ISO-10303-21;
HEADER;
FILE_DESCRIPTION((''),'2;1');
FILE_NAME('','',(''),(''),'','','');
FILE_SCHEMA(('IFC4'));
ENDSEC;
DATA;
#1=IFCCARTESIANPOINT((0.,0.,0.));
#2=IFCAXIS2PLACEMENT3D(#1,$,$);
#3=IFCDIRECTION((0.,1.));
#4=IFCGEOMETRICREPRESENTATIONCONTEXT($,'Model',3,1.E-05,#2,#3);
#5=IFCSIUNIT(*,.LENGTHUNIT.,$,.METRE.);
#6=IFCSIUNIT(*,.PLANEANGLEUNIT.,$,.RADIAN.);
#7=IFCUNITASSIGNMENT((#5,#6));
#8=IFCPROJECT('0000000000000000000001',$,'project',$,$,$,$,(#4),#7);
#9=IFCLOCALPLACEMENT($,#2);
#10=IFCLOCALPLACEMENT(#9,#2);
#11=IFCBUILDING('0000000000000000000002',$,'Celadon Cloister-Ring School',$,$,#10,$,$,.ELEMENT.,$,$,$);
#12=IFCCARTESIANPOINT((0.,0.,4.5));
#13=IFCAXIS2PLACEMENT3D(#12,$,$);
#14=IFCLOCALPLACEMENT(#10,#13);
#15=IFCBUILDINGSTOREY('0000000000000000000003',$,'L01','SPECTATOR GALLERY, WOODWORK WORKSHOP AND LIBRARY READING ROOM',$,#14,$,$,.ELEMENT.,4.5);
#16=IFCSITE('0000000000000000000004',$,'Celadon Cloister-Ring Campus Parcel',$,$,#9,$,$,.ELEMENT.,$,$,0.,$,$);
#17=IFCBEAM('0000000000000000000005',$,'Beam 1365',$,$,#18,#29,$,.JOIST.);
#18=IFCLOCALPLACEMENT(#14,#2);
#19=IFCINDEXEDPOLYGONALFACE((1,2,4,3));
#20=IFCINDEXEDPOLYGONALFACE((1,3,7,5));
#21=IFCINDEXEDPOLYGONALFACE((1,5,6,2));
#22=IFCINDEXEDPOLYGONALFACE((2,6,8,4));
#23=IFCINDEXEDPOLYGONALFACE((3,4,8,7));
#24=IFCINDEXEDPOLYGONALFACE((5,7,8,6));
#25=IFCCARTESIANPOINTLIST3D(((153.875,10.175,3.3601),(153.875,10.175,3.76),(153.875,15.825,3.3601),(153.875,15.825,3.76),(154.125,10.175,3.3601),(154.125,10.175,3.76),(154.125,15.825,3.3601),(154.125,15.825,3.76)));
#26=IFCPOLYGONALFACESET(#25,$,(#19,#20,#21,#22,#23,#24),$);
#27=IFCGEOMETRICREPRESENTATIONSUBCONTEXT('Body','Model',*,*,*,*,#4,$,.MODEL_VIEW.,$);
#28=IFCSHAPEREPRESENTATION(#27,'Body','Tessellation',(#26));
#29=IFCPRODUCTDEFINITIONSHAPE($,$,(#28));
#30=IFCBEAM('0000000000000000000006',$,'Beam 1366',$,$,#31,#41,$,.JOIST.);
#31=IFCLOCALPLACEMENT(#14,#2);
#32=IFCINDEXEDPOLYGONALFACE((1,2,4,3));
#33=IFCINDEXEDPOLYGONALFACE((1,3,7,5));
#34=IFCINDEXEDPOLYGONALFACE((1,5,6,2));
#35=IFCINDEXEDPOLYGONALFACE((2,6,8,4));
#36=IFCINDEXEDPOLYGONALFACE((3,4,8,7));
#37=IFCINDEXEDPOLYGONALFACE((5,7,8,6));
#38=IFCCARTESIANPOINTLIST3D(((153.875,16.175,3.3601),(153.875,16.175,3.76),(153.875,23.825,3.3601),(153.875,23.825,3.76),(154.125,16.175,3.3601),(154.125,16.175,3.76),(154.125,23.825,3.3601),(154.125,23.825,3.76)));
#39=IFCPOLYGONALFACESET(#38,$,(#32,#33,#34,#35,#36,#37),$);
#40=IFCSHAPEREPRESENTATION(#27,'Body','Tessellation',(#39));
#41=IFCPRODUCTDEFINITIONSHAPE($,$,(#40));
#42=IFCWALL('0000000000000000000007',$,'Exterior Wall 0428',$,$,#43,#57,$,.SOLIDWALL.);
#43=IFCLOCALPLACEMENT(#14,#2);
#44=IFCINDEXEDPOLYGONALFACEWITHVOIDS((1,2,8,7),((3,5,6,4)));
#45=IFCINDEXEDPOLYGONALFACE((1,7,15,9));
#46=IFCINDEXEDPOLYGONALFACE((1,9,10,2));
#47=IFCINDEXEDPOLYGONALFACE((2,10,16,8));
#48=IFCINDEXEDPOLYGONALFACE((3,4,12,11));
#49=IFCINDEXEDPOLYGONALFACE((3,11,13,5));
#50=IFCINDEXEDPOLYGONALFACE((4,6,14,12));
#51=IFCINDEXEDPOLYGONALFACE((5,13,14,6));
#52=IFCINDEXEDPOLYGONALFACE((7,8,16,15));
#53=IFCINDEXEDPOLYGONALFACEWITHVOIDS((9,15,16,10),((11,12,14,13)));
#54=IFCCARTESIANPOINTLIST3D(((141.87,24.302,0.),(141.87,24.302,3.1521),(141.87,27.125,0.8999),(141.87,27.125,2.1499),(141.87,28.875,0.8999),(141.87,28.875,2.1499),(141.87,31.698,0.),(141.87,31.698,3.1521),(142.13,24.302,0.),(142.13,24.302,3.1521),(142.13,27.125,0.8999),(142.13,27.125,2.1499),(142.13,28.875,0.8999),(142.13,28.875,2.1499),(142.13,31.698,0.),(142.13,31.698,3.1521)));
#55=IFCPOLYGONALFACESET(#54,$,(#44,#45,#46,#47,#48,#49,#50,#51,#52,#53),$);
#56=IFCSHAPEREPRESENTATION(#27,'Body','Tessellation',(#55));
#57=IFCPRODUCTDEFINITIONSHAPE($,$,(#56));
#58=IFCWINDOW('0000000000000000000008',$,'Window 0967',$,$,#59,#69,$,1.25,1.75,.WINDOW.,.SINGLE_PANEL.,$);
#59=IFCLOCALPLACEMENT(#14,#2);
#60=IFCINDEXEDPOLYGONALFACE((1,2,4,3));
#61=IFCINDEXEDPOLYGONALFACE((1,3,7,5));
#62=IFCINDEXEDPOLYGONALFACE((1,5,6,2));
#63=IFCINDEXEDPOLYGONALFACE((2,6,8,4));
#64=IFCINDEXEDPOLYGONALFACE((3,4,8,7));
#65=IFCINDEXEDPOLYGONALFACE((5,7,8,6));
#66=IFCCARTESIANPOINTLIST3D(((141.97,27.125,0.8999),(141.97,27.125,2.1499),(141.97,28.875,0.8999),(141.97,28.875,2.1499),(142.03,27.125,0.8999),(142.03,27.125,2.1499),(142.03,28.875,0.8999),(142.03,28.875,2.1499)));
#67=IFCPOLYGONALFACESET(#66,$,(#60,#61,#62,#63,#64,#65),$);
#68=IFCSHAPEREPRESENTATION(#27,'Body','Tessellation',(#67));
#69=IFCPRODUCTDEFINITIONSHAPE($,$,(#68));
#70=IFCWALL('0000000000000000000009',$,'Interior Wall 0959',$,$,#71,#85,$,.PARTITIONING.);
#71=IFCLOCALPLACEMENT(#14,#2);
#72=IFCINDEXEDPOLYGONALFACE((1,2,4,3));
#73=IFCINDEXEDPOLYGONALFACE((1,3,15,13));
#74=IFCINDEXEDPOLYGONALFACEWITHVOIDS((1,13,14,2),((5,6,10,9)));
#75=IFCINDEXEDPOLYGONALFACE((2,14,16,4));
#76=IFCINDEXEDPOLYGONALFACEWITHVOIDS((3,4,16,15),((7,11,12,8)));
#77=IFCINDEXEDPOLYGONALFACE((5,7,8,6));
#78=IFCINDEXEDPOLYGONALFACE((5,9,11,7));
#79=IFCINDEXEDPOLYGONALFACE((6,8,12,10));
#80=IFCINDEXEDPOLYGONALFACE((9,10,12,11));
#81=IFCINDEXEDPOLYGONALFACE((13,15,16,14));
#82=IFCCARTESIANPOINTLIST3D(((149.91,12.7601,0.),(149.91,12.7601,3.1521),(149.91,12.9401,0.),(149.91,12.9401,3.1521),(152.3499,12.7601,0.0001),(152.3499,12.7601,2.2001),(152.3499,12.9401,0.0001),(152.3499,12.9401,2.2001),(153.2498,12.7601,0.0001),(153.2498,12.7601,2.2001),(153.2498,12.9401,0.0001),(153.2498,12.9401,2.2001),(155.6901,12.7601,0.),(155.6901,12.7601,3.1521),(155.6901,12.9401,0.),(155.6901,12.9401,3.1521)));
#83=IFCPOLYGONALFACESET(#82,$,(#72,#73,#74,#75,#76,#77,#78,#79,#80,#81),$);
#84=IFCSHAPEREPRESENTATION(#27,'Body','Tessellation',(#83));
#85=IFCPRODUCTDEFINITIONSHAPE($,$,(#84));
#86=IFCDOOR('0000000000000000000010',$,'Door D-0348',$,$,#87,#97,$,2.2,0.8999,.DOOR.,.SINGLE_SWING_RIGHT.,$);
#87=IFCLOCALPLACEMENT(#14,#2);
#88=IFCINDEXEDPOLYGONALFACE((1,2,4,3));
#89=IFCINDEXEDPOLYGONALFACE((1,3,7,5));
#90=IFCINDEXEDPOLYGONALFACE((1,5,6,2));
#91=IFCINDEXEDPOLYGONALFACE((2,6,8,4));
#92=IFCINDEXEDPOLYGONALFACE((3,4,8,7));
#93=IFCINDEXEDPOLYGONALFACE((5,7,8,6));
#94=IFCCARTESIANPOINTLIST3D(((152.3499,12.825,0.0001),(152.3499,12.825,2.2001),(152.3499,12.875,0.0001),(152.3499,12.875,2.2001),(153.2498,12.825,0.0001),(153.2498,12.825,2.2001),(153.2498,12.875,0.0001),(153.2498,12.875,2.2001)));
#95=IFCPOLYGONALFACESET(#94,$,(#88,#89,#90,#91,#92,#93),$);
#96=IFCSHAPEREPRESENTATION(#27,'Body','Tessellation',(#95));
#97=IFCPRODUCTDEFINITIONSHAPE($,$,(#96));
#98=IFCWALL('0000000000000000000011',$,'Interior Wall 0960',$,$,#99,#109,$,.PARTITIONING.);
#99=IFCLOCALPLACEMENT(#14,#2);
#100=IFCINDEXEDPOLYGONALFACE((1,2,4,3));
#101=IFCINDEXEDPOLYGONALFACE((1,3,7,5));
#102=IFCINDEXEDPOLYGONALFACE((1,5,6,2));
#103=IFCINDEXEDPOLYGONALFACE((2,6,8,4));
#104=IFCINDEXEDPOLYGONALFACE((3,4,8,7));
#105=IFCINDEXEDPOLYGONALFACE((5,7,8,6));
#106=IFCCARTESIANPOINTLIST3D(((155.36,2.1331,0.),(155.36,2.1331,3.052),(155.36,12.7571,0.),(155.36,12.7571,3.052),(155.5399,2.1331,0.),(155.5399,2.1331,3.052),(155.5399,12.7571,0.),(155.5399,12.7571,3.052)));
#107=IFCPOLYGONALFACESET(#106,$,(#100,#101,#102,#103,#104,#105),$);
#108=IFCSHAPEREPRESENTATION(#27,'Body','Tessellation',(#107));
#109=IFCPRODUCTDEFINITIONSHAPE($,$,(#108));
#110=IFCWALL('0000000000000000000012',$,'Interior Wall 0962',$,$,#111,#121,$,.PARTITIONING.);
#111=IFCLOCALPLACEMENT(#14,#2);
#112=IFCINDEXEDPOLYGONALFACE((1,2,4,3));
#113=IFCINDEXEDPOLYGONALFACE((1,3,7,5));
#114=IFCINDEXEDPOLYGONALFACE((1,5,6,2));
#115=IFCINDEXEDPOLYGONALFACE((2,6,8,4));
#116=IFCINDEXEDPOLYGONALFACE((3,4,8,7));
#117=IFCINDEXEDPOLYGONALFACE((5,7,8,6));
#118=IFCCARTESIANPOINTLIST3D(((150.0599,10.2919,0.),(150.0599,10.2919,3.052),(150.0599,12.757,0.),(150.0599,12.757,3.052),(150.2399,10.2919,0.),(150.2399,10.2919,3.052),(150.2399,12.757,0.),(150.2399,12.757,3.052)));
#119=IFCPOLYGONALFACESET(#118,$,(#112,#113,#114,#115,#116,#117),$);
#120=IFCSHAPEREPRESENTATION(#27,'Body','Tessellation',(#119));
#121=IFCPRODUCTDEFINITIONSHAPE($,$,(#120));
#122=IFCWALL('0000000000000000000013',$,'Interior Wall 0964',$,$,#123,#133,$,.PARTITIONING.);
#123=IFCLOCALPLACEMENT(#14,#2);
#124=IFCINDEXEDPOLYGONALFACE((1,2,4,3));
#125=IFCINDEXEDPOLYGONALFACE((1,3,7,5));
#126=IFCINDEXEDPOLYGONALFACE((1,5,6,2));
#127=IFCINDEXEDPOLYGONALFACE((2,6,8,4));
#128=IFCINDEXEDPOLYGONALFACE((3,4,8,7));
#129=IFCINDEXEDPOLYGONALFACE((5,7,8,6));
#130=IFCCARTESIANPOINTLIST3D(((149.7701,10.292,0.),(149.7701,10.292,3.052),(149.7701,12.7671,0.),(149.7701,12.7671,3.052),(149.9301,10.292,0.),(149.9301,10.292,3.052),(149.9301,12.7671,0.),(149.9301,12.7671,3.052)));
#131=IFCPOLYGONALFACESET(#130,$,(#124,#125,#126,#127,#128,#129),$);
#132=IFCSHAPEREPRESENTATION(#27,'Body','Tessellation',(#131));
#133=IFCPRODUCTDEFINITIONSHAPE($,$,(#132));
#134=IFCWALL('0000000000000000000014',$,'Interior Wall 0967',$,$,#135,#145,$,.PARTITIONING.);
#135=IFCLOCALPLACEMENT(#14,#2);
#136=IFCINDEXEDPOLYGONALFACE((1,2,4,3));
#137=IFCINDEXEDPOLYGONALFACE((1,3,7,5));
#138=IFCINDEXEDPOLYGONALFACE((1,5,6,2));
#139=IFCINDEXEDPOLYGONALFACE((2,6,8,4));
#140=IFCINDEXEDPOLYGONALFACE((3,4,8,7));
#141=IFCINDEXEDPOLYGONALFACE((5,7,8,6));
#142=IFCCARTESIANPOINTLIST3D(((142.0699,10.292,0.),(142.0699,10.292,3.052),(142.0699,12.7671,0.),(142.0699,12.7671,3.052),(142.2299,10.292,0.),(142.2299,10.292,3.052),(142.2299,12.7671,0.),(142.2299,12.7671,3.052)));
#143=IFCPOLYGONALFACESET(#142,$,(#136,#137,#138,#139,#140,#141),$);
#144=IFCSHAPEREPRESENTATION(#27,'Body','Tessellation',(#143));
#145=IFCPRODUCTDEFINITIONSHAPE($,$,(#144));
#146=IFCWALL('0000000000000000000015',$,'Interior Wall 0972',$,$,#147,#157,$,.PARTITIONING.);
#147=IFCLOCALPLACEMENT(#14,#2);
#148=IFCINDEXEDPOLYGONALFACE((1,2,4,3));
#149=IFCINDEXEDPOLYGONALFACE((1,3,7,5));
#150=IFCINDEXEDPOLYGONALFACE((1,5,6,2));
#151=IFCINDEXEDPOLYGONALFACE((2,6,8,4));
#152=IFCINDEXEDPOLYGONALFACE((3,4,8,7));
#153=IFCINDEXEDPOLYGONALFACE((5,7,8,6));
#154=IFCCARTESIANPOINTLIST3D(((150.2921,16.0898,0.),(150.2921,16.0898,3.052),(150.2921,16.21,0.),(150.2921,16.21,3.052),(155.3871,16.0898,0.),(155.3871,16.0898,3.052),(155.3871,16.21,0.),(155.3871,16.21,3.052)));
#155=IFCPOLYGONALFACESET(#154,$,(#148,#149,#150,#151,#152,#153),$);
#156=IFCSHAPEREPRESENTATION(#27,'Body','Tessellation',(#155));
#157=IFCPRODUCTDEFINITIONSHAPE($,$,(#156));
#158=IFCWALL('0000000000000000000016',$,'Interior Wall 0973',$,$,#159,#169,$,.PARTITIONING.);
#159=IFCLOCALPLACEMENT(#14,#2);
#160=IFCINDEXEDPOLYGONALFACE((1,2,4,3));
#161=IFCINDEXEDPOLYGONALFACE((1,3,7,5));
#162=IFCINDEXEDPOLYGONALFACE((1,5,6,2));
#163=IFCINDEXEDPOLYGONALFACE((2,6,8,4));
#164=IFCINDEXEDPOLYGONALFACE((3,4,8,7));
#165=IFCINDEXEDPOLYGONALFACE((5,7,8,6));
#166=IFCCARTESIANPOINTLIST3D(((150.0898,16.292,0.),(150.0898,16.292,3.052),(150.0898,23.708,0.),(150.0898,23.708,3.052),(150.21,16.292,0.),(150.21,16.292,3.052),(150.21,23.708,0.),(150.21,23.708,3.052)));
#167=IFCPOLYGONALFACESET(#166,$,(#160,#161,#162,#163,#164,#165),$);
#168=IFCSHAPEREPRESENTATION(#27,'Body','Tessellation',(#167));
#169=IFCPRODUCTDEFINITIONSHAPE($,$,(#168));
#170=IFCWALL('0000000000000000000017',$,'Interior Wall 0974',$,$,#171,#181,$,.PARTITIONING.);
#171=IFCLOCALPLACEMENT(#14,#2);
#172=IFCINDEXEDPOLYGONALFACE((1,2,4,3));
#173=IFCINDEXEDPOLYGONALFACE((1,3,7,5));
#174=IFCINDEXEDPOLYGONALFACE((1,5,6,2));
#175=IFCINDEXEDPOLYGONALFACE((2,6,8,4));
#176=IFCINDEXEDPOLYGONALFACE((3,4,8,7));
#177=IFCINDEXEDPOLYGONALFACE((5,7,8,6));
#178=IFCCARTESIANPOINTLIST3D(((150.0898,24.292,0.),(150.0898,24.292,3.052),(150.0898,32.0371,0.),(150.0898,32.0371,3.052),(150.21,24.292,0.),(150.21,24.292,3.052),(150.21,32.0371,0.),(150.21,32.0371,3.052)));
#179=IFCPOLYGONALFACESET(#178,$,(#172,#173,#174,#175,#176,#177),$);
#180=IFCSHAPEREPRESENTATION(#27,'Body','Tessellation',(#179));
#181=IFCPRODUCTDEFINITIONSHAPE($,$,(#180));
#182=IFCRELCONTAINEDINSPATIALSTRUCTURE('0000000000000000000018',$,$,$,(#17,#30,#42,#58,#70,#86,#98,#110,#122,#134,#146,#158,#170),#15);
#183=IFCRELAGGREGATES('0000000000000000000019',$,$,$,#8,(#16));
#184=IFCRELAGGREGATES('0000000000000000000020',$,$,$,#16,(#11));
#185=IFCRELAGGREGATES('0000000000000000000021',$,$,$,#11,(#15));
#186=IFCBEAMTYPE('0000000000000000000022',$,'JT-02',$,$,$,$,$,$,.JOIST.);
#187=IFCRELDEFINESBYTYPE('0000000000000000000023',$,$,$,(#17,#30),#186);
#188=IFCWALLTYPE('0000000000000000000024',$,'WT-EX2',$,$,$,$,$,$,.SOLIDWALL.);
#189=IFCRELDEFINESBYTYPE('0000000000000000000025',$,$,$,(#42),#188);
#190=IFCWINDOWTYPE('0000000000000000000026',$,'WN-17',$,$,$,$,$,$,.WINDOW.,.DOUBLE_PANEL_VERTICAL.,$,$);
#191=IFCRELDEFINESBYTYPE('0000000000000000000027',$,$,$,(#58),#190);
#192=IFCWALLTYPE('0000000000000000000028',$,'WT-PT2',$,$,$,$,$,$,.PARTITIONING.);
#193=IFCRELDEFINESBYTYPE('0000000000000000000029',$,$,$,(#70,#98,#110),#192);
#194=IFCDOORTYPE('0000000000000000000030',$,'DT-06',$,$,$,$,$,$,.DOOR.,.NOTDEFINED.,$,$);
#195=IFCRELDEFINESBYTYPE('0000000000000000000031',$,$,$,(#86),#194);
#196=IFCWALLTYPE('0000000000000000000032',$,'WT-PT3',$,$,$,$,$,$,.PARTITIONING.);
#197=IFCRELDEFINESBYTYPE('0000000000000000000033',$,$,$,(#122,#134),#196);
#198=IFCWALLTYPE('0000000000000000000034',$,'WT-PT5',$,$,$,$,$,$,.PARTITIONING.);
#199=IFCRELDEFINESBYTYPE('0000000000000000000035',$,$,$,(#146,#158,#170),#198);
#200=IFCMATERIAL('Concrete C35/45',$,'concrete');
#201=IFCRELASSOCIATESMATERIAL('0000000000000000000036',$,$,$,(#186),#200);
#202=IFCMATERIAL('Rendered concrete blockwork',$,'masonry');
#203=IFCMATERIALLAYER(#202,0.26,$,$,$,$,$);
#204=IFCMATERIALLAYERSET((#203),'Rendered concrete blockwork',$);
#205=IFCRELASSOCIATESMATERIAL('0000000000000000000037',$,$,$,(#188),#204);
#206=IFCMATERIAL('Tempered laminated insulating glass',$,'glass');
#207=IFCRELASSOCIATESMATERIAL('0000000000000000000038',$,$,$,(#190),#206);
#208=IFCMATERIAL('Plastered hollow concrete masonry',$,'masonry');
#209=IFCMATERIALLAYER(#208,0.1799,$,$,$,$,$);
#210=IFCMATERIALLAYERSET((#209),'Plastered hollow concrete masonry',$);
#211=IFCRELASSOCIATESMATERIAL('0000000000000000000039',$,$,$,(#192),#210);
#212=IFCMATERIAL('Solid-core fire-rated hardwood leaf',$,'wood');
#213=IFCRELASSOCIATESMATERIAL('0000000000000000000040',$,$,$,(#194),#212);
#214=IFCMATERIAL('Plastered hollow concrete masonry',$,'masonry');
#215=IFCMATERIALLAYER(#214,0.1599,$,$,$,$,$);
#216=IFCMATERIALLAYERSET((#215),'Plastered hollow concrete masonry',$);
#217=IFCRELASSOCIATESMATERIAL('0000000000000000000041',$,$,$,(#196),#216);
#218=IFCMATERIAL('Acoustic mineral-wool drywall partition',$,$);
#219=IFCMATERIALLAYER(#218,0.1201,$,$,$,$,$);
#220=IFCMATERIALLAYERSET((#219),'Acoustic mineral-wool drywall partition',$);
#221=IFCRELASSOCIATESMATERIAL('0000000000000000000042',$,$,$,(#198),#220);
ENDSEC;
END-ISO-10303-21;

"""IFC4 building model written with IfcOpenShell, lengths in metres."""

from ifc_helpers import new_model, si_unit, direction, frame, frame_2d, origin, origin_2d, place, context, subcontext, project, spatial, rectangle, extrude, material, layer, layer_set, material_profile, profile_set, type_object, element, fill, save


model = new_model("IFC4")

# Units and contexts
model_context = context("Model", 3, precision=1e-05, world=origin(), true_north=direction((0.0, 1.0)))
body_context = subcontext(model_context, "Body", "Model", "MODEL_VIEW")
ifc_project = project(units=[si_unit("LENGTHUNIT", "METRE"), si_unit("PLANEANGLEUNIT", "RADIAN")], contexts=[model_context])

# Site, building, storey
site_placement = place(None, origin())
site = spatial("IfcSite", under=ifc_project, at=site_placement, Name="Celadon Cloister-Ring Campus Parcel", CompositionType="ELEMENT", RefElevation=0.0)
building_placement = place(site_placement, origin())
building = spatial("IfcBuilding", under=site, at=building_placement, Name="Celadon Cloister-Ring School", CompositionType="ELEMENT")
storey_placement = place(building_placement, frame((0.0, 0.0, 4.5)))
storey = spatial("IfcBuildingStorey", under=building, at=storey_placement, Name="L01", Description="SPECTATOR GALLERY, WOODWORK WORKSHOP AND LIBRARY READING ROOM", CompositionType="ELEMENT", Elevation=4.5)

# Beams
ifc_material_1 = material(Name="Concrete C35/45", Category="concrete")
ifc_material_profile_1 = material_profile(ifc_material_1, rectangle(XDim=0.25, YDim=0.3999, at=origin_2d()), Name="RC250X400")
ifc_profile_set_1 = profile_set([ifc_material_profile_1], Name="Concrete C35/45")
beam_type_1 = type_object("IfcBeamType", Name="JT-02", PredefinedType="JOIST", material=ifc_profile_set_1)
beam_1_placement = place(storey_placement, frame((154.0, 10.175, 3.5601), z_axis=(0.0, 1.0, 0.0), x_axis=(-1.0, 0.0, 0.0)))
element("IfcBeam", 1, at=beam_1_placement, inside=storey, type_object=beam_type_1, Name="Beam 1365", PredefinedType="JOIST", context=body_context, shape_type="SweptSolid", body=[
    extrude(rectangle(XDim=0.25, YDim=0.3999, at=origin_2d()), origin(), (0.0, 0.0, 1.0), 5.6499),
])
beam_2_placement = place(storey_placement, frame((154.0, 16.175, 3.5601), z_axis=(0.0, 1.0, 0.0), x_axis=(-1.0, 0.0, 0.0)))
element("IfcBeam", 2, at=beam_2_placement, inside=storey, type_object=beam_type_1, Name="Beam 1366", PredefinedType="JOIST", context=body_context, shape_type="SweptSolid", body=[
    extrude(rectangle(XDim=0.25, YDim=0.3999, at=origin_2d()), origin(), (0.0, 0.0, 1.0), 7.6499),
])

# Wall, opening, window
ifc_material_2 = material(Name="Rendered concrete blockwork", Category="masonry")
ifc_layer_1 = layer(ifc_material_2, 0.26)
ifc_layer_set_1 = layer_set([ifc_layer_1], Name="Rendered concrete blockwork")
wall_type_1 = type_object("IfcWallType", Name="WT-EX2", PredefinedType="SOLIDWALL", material=ifc_layer_set_1)
wall_1_placement = place(storey_placement, frame((142.0, 24.302, 0.0), z_axis=(0.0, 0.0, 1.0), x_axis=(0.0, 1.0, 0.0)))
wall_1 = element("IfcWall", 3, at=wall_1_placement, inside=storey, type_object=wall_type_1, Name="Exterior Wall 0428", PredefinedType="SOLIDWALL", context=body_context, shape_type="SweptSolid", body=[
    extrude(rectangle(XDim=7.396, YDim=0.26, at=frame_2d((3.698, 0.0))), origin(), (0.0, 0.0, 1.0), 3.1521),
])
opening_1_placement = place(wall_1_placement, frame((2.823, 0.0, 0.8999)))
opening_1 = element("IfcOpeningElement", 4, at=opening_1_placement, cuts=wall_1, PredefinedType="OPENING", context=body_context, shape_type="SweptSolid", body=[
    extrude(rectangle(XDim=1.75, YDim=1.25, at=frame_2d((0.875, 0.625))), frame((0.0, 0.1401, 0.0), z_axis=(0.0, -1.0, 0.0), x_axis=(1.0, 0.0, 0.0)), (0.0, 0.0, 1.0), 0.28),
])
ifc_material_3 = material(Name="Tempered laminated insulating glass", Category="glass")
window_type = type_object("IfcWindowType", Name="WN-17", PartitioningType="DOUBLE_PANEL_VERTICAL", PredefinedType="WINDOW", material=ifc_material_3)
window_placement = place(opening_1_placement, origin())
window = element("IfcWindow", 5, at=window_placement, inside=storey, type_object=window_type, Name="Window 0967", OverallHeight=1.25, OverallWidth=1.75, PartitioningType="SINGLE_PANEL", PredefinedType="WINDOW", context=body_context, shape_type="SweptSolid", body=[
    extrude(rectangle(XDim=1.75, YDim=1.25, at=frame_2d((0.875, 0.625))), frame((0.0, 0.03, 0.0), z_axis=(0.0, -1.0, 0.0), x_axis=(1.0, 0.0, 0.0)), (0.0, 0.0, 1.0), 0.0601),
])
fill(opening_1, window)

# Wall, opening, door
ifc_material_4 = material(Name="Plastered hollow concrete masonry", Category="masonry")
ifc_layer_2 = layer(ifc_material_4, 0.1799)
ifc_layer_set_2 = layer_set([ifc_layer_2], Name="Plastered hollow concrete masonry")
wall_type_2 = type_object("IfcWallType", Name="WT-PT2", PredefinedType="PARTITIONING", material=ifc_layer_set_2)
wall_2_placement = place(storey_placement, frame((149.9099, 12.8501, 0.0), z_axis=(0.0, 0.0, 1.0), x_axis=(1.0, 0.0, 0.0)))
wall_2 = element("IfcWall", 6, at=wall_2_placement, inside=storey, type_object=wall_type_2, Name="Interior Wall 0959", PredefinedType="PARTITIONING", context=body_context, shape_type="SweptSolid", body=[
    extrude(rectangle(XDim=5.78, YDim=0.1799, at=frame_2d((2.8901, 0.0))), origin(), (0.0, 0.0, 1.0), 3.1521),
])
opening_2_placement = place(wall_2_placement, frame((2.4399, 0.0, 0.0)))
opening_2 = element("IfcOpeningElement", 7, at=opening_2_placement, cuts=wall_2, PredefinedType="OPENING", context=body_context, shape_type="SweptSolid", body=[
    extrude(rectangle(XDim=0.8999, YDim=2.2, at=frame_2d((0.45, 1.1001))), frame((0.0, 0.1001, 0.0), z_axis=(0.0, -1.0, 0.0), x_axis=(1.0, 0.0, 0.0)), (0.0, 0.0, 1.0), 0.2),
])
ifc_material_5 = material(Name="Solid-core fire-rated hardwood leaf", Category="wood")
door_type = type_object("IfcDoorType", Name="DT-06", OperationType="NOTDEFINED", PredefinedType="DOOR", material=ifc_material_5)
door_placement = place(opening_2_placement, origin())
door = element("IfcDoor", 8, at=door_placement, inside=storey, type_object=door_type, Name="Door D-0348", OperationType="SINGLE_SWING_RIGHT", OverallHeight=2.2, OverallWidth=0.8999, PredefinedType="DOOR", context=body_context, shape_type="SweptSolid", body=[
    extrude(rectangle(XDim=0.8999, YDim=2.2, at=frame_2d((0.45, 1.1001))), frame((0.0, 0.0249, 0.0), z_axis=(0.0, -1.0, 0.0), x_axis=(1.0, 0.0, 0.0)), (0.0, 0.0, 1.0), 0.05),
])
fill(opening_2, door)

# Walls
wall_3_placement = place(storey_placement, frame((155.45, 12.7571, 0.0), z_axis=(0.0, 0.0, 1.0), x_axis=(0.0, -1.0, 0.0)))
element("IfcWall", 9, at=wall_3_placement, inside=storey, type_object=wall_type_2, Name="Interior Wall 0960", PredefinedType="PARTITIONING", context=body_context, shape_type="SweptSolid", body=[
    extrude(rectangle(XDim=10.624, YDim=0.1799, at=frame_2d((5.312, 0.0))), origin(), (0.0, 0.0, 1.0), 3.052),
])
wall_4_placement = place(storey_placement, frame((150.1499, 10.292, 0.0), z_axis=(0.0, 0.0, 1.0), x_axis=(0.0, 1.0, 0.0)))
element("IfcWall", 10, at=wall_4_placement, inside=storey, type_object=wall_type_2, Name="Interior Wall 0962", PredefinedType="PARTITIONING", context=body_context, shape_type="SweptSolid", body=[
    extrude(rectangle(XDim=2.4651, YDim=0.1799, at=frame_2d((1.2324, 0.0))), origin(), (0.0, 0.0, 1.0), 3.052),
])
ifc_material_6 = material(Name="Plastered hollow concrete masonry", Category="masonry")
ifc_layer_3 = layer(ifc_material_6, 0.1599)
ifc_layer_set_3 = layer_set([ifc_layer_3], Name="Plastered hollow concrete masonry")
wall_type_3 = type_object("IfcWallType", Name="WT-PT3", PredefinedType="PARTITIONING", material=ifc_layer_set_3)
for number, where, z_axis, x_axis, name in (
    (11, (149.8501, 12.7671, 0.0), (0.0, 0.0, 1.0), (0.0, -1.0, 0.0), "Interior Wall 0964"),
    (12, (142.1499, 10.292, 0.0), (0.0, 0.0, 1.0), (0.0, 1.0, 0.0), "Interior Wall 0967"),
):
    element("IfcWall", number, at=place(storey_placement, frame(where, z_axis=z_axis, x_axis=x_axis)), inside=storey, type_object=wall_type_3, Name=name, PredefinedType="PARTITIONING", context=body_context, shape_type="SweptSolid", body=[
        extrude(rectangle(XDim=2.4751, YDim=0.1599, at=frame_2d((1.2375, 0.0))), origin(), (0.0, 0.0, 1.0), 3.052),
    ])
ifc_material_7 = material(Name="Acoustic mineral-wool drywall partition")
ifc_layer_4 = layer(ifc_material_7, 0.1201)
ifc_layer_set_4 = layer_set([ifc_layer_4], Name="Acoustic mineral-wool drywall partition")
wall_type_4 = type_object("IfcWallType", Name="WT-PT5", PredefinedType="PARTITIONING", material=ifc_layer_set_4)
wall_5_placement = place(storey_placement, frame((155.387, 16.1499, 0.0), z_axis=(0.0, 0.0, 1.0), x_axis=(-1.0, 0.0, 0.0)))
element("IfcWall", 13, at=wall_5_placement, inside=storey, type_object=wall_type_4, Name="Interior Wall 0972", PredefinedType="PARTITIONING", context=body_context, shape_type="SweptSolid", body=[
    extrude(rectangle(XDim=5.095, YDim=0.1201, at=frame_2d((2.5474, 0.0))), origin(), (0.0, 0.0, 1.0), 3.052),
])
wall_6_placement = place(storey_placement, frame((150.1499, 16.292, 0.0), z_axis=(0.0, 0.0, 1.0), x_axis=(0.0, 1.0, 0.0)))
element("IfcWall", 14, at=wall_6_placement, inside=storey, type_object=wall_type_4, Name="Interior Wall 0973", PredefinedType="PARTITIONING", context=body_context, shape_type="SweptSolid", body=[
    extrude(rectangle(XDim=7.416, YDim=0.1201, at=frame_2d((3.708, 0.0))), origin(), (0.0, 0.0, 1.0), 3.052),
])
wall_7_placement = place(storey_placement, frame((150.1499, 24.292, 0.0), z_axis=(0.0, 0.0, 1.0), x_axis=(0.0, 1.0, 0.0)))
element("IfcWall", 15, at=wall_7_placement, inside=storey, type_object=wall_type_4, Name="Interior Wall 0974", PredefinedType="PARTITIONING", context=body_context, shape_type="SweptSolid", body=[
    extrude(rectangle(XDim=7.7451, YDim=0.1201, at=frame_2d((3.8726, 0.0))), origin(), (0.0, 0.0, 1.0), 3.052),
])

save(model, "model.ifc")
